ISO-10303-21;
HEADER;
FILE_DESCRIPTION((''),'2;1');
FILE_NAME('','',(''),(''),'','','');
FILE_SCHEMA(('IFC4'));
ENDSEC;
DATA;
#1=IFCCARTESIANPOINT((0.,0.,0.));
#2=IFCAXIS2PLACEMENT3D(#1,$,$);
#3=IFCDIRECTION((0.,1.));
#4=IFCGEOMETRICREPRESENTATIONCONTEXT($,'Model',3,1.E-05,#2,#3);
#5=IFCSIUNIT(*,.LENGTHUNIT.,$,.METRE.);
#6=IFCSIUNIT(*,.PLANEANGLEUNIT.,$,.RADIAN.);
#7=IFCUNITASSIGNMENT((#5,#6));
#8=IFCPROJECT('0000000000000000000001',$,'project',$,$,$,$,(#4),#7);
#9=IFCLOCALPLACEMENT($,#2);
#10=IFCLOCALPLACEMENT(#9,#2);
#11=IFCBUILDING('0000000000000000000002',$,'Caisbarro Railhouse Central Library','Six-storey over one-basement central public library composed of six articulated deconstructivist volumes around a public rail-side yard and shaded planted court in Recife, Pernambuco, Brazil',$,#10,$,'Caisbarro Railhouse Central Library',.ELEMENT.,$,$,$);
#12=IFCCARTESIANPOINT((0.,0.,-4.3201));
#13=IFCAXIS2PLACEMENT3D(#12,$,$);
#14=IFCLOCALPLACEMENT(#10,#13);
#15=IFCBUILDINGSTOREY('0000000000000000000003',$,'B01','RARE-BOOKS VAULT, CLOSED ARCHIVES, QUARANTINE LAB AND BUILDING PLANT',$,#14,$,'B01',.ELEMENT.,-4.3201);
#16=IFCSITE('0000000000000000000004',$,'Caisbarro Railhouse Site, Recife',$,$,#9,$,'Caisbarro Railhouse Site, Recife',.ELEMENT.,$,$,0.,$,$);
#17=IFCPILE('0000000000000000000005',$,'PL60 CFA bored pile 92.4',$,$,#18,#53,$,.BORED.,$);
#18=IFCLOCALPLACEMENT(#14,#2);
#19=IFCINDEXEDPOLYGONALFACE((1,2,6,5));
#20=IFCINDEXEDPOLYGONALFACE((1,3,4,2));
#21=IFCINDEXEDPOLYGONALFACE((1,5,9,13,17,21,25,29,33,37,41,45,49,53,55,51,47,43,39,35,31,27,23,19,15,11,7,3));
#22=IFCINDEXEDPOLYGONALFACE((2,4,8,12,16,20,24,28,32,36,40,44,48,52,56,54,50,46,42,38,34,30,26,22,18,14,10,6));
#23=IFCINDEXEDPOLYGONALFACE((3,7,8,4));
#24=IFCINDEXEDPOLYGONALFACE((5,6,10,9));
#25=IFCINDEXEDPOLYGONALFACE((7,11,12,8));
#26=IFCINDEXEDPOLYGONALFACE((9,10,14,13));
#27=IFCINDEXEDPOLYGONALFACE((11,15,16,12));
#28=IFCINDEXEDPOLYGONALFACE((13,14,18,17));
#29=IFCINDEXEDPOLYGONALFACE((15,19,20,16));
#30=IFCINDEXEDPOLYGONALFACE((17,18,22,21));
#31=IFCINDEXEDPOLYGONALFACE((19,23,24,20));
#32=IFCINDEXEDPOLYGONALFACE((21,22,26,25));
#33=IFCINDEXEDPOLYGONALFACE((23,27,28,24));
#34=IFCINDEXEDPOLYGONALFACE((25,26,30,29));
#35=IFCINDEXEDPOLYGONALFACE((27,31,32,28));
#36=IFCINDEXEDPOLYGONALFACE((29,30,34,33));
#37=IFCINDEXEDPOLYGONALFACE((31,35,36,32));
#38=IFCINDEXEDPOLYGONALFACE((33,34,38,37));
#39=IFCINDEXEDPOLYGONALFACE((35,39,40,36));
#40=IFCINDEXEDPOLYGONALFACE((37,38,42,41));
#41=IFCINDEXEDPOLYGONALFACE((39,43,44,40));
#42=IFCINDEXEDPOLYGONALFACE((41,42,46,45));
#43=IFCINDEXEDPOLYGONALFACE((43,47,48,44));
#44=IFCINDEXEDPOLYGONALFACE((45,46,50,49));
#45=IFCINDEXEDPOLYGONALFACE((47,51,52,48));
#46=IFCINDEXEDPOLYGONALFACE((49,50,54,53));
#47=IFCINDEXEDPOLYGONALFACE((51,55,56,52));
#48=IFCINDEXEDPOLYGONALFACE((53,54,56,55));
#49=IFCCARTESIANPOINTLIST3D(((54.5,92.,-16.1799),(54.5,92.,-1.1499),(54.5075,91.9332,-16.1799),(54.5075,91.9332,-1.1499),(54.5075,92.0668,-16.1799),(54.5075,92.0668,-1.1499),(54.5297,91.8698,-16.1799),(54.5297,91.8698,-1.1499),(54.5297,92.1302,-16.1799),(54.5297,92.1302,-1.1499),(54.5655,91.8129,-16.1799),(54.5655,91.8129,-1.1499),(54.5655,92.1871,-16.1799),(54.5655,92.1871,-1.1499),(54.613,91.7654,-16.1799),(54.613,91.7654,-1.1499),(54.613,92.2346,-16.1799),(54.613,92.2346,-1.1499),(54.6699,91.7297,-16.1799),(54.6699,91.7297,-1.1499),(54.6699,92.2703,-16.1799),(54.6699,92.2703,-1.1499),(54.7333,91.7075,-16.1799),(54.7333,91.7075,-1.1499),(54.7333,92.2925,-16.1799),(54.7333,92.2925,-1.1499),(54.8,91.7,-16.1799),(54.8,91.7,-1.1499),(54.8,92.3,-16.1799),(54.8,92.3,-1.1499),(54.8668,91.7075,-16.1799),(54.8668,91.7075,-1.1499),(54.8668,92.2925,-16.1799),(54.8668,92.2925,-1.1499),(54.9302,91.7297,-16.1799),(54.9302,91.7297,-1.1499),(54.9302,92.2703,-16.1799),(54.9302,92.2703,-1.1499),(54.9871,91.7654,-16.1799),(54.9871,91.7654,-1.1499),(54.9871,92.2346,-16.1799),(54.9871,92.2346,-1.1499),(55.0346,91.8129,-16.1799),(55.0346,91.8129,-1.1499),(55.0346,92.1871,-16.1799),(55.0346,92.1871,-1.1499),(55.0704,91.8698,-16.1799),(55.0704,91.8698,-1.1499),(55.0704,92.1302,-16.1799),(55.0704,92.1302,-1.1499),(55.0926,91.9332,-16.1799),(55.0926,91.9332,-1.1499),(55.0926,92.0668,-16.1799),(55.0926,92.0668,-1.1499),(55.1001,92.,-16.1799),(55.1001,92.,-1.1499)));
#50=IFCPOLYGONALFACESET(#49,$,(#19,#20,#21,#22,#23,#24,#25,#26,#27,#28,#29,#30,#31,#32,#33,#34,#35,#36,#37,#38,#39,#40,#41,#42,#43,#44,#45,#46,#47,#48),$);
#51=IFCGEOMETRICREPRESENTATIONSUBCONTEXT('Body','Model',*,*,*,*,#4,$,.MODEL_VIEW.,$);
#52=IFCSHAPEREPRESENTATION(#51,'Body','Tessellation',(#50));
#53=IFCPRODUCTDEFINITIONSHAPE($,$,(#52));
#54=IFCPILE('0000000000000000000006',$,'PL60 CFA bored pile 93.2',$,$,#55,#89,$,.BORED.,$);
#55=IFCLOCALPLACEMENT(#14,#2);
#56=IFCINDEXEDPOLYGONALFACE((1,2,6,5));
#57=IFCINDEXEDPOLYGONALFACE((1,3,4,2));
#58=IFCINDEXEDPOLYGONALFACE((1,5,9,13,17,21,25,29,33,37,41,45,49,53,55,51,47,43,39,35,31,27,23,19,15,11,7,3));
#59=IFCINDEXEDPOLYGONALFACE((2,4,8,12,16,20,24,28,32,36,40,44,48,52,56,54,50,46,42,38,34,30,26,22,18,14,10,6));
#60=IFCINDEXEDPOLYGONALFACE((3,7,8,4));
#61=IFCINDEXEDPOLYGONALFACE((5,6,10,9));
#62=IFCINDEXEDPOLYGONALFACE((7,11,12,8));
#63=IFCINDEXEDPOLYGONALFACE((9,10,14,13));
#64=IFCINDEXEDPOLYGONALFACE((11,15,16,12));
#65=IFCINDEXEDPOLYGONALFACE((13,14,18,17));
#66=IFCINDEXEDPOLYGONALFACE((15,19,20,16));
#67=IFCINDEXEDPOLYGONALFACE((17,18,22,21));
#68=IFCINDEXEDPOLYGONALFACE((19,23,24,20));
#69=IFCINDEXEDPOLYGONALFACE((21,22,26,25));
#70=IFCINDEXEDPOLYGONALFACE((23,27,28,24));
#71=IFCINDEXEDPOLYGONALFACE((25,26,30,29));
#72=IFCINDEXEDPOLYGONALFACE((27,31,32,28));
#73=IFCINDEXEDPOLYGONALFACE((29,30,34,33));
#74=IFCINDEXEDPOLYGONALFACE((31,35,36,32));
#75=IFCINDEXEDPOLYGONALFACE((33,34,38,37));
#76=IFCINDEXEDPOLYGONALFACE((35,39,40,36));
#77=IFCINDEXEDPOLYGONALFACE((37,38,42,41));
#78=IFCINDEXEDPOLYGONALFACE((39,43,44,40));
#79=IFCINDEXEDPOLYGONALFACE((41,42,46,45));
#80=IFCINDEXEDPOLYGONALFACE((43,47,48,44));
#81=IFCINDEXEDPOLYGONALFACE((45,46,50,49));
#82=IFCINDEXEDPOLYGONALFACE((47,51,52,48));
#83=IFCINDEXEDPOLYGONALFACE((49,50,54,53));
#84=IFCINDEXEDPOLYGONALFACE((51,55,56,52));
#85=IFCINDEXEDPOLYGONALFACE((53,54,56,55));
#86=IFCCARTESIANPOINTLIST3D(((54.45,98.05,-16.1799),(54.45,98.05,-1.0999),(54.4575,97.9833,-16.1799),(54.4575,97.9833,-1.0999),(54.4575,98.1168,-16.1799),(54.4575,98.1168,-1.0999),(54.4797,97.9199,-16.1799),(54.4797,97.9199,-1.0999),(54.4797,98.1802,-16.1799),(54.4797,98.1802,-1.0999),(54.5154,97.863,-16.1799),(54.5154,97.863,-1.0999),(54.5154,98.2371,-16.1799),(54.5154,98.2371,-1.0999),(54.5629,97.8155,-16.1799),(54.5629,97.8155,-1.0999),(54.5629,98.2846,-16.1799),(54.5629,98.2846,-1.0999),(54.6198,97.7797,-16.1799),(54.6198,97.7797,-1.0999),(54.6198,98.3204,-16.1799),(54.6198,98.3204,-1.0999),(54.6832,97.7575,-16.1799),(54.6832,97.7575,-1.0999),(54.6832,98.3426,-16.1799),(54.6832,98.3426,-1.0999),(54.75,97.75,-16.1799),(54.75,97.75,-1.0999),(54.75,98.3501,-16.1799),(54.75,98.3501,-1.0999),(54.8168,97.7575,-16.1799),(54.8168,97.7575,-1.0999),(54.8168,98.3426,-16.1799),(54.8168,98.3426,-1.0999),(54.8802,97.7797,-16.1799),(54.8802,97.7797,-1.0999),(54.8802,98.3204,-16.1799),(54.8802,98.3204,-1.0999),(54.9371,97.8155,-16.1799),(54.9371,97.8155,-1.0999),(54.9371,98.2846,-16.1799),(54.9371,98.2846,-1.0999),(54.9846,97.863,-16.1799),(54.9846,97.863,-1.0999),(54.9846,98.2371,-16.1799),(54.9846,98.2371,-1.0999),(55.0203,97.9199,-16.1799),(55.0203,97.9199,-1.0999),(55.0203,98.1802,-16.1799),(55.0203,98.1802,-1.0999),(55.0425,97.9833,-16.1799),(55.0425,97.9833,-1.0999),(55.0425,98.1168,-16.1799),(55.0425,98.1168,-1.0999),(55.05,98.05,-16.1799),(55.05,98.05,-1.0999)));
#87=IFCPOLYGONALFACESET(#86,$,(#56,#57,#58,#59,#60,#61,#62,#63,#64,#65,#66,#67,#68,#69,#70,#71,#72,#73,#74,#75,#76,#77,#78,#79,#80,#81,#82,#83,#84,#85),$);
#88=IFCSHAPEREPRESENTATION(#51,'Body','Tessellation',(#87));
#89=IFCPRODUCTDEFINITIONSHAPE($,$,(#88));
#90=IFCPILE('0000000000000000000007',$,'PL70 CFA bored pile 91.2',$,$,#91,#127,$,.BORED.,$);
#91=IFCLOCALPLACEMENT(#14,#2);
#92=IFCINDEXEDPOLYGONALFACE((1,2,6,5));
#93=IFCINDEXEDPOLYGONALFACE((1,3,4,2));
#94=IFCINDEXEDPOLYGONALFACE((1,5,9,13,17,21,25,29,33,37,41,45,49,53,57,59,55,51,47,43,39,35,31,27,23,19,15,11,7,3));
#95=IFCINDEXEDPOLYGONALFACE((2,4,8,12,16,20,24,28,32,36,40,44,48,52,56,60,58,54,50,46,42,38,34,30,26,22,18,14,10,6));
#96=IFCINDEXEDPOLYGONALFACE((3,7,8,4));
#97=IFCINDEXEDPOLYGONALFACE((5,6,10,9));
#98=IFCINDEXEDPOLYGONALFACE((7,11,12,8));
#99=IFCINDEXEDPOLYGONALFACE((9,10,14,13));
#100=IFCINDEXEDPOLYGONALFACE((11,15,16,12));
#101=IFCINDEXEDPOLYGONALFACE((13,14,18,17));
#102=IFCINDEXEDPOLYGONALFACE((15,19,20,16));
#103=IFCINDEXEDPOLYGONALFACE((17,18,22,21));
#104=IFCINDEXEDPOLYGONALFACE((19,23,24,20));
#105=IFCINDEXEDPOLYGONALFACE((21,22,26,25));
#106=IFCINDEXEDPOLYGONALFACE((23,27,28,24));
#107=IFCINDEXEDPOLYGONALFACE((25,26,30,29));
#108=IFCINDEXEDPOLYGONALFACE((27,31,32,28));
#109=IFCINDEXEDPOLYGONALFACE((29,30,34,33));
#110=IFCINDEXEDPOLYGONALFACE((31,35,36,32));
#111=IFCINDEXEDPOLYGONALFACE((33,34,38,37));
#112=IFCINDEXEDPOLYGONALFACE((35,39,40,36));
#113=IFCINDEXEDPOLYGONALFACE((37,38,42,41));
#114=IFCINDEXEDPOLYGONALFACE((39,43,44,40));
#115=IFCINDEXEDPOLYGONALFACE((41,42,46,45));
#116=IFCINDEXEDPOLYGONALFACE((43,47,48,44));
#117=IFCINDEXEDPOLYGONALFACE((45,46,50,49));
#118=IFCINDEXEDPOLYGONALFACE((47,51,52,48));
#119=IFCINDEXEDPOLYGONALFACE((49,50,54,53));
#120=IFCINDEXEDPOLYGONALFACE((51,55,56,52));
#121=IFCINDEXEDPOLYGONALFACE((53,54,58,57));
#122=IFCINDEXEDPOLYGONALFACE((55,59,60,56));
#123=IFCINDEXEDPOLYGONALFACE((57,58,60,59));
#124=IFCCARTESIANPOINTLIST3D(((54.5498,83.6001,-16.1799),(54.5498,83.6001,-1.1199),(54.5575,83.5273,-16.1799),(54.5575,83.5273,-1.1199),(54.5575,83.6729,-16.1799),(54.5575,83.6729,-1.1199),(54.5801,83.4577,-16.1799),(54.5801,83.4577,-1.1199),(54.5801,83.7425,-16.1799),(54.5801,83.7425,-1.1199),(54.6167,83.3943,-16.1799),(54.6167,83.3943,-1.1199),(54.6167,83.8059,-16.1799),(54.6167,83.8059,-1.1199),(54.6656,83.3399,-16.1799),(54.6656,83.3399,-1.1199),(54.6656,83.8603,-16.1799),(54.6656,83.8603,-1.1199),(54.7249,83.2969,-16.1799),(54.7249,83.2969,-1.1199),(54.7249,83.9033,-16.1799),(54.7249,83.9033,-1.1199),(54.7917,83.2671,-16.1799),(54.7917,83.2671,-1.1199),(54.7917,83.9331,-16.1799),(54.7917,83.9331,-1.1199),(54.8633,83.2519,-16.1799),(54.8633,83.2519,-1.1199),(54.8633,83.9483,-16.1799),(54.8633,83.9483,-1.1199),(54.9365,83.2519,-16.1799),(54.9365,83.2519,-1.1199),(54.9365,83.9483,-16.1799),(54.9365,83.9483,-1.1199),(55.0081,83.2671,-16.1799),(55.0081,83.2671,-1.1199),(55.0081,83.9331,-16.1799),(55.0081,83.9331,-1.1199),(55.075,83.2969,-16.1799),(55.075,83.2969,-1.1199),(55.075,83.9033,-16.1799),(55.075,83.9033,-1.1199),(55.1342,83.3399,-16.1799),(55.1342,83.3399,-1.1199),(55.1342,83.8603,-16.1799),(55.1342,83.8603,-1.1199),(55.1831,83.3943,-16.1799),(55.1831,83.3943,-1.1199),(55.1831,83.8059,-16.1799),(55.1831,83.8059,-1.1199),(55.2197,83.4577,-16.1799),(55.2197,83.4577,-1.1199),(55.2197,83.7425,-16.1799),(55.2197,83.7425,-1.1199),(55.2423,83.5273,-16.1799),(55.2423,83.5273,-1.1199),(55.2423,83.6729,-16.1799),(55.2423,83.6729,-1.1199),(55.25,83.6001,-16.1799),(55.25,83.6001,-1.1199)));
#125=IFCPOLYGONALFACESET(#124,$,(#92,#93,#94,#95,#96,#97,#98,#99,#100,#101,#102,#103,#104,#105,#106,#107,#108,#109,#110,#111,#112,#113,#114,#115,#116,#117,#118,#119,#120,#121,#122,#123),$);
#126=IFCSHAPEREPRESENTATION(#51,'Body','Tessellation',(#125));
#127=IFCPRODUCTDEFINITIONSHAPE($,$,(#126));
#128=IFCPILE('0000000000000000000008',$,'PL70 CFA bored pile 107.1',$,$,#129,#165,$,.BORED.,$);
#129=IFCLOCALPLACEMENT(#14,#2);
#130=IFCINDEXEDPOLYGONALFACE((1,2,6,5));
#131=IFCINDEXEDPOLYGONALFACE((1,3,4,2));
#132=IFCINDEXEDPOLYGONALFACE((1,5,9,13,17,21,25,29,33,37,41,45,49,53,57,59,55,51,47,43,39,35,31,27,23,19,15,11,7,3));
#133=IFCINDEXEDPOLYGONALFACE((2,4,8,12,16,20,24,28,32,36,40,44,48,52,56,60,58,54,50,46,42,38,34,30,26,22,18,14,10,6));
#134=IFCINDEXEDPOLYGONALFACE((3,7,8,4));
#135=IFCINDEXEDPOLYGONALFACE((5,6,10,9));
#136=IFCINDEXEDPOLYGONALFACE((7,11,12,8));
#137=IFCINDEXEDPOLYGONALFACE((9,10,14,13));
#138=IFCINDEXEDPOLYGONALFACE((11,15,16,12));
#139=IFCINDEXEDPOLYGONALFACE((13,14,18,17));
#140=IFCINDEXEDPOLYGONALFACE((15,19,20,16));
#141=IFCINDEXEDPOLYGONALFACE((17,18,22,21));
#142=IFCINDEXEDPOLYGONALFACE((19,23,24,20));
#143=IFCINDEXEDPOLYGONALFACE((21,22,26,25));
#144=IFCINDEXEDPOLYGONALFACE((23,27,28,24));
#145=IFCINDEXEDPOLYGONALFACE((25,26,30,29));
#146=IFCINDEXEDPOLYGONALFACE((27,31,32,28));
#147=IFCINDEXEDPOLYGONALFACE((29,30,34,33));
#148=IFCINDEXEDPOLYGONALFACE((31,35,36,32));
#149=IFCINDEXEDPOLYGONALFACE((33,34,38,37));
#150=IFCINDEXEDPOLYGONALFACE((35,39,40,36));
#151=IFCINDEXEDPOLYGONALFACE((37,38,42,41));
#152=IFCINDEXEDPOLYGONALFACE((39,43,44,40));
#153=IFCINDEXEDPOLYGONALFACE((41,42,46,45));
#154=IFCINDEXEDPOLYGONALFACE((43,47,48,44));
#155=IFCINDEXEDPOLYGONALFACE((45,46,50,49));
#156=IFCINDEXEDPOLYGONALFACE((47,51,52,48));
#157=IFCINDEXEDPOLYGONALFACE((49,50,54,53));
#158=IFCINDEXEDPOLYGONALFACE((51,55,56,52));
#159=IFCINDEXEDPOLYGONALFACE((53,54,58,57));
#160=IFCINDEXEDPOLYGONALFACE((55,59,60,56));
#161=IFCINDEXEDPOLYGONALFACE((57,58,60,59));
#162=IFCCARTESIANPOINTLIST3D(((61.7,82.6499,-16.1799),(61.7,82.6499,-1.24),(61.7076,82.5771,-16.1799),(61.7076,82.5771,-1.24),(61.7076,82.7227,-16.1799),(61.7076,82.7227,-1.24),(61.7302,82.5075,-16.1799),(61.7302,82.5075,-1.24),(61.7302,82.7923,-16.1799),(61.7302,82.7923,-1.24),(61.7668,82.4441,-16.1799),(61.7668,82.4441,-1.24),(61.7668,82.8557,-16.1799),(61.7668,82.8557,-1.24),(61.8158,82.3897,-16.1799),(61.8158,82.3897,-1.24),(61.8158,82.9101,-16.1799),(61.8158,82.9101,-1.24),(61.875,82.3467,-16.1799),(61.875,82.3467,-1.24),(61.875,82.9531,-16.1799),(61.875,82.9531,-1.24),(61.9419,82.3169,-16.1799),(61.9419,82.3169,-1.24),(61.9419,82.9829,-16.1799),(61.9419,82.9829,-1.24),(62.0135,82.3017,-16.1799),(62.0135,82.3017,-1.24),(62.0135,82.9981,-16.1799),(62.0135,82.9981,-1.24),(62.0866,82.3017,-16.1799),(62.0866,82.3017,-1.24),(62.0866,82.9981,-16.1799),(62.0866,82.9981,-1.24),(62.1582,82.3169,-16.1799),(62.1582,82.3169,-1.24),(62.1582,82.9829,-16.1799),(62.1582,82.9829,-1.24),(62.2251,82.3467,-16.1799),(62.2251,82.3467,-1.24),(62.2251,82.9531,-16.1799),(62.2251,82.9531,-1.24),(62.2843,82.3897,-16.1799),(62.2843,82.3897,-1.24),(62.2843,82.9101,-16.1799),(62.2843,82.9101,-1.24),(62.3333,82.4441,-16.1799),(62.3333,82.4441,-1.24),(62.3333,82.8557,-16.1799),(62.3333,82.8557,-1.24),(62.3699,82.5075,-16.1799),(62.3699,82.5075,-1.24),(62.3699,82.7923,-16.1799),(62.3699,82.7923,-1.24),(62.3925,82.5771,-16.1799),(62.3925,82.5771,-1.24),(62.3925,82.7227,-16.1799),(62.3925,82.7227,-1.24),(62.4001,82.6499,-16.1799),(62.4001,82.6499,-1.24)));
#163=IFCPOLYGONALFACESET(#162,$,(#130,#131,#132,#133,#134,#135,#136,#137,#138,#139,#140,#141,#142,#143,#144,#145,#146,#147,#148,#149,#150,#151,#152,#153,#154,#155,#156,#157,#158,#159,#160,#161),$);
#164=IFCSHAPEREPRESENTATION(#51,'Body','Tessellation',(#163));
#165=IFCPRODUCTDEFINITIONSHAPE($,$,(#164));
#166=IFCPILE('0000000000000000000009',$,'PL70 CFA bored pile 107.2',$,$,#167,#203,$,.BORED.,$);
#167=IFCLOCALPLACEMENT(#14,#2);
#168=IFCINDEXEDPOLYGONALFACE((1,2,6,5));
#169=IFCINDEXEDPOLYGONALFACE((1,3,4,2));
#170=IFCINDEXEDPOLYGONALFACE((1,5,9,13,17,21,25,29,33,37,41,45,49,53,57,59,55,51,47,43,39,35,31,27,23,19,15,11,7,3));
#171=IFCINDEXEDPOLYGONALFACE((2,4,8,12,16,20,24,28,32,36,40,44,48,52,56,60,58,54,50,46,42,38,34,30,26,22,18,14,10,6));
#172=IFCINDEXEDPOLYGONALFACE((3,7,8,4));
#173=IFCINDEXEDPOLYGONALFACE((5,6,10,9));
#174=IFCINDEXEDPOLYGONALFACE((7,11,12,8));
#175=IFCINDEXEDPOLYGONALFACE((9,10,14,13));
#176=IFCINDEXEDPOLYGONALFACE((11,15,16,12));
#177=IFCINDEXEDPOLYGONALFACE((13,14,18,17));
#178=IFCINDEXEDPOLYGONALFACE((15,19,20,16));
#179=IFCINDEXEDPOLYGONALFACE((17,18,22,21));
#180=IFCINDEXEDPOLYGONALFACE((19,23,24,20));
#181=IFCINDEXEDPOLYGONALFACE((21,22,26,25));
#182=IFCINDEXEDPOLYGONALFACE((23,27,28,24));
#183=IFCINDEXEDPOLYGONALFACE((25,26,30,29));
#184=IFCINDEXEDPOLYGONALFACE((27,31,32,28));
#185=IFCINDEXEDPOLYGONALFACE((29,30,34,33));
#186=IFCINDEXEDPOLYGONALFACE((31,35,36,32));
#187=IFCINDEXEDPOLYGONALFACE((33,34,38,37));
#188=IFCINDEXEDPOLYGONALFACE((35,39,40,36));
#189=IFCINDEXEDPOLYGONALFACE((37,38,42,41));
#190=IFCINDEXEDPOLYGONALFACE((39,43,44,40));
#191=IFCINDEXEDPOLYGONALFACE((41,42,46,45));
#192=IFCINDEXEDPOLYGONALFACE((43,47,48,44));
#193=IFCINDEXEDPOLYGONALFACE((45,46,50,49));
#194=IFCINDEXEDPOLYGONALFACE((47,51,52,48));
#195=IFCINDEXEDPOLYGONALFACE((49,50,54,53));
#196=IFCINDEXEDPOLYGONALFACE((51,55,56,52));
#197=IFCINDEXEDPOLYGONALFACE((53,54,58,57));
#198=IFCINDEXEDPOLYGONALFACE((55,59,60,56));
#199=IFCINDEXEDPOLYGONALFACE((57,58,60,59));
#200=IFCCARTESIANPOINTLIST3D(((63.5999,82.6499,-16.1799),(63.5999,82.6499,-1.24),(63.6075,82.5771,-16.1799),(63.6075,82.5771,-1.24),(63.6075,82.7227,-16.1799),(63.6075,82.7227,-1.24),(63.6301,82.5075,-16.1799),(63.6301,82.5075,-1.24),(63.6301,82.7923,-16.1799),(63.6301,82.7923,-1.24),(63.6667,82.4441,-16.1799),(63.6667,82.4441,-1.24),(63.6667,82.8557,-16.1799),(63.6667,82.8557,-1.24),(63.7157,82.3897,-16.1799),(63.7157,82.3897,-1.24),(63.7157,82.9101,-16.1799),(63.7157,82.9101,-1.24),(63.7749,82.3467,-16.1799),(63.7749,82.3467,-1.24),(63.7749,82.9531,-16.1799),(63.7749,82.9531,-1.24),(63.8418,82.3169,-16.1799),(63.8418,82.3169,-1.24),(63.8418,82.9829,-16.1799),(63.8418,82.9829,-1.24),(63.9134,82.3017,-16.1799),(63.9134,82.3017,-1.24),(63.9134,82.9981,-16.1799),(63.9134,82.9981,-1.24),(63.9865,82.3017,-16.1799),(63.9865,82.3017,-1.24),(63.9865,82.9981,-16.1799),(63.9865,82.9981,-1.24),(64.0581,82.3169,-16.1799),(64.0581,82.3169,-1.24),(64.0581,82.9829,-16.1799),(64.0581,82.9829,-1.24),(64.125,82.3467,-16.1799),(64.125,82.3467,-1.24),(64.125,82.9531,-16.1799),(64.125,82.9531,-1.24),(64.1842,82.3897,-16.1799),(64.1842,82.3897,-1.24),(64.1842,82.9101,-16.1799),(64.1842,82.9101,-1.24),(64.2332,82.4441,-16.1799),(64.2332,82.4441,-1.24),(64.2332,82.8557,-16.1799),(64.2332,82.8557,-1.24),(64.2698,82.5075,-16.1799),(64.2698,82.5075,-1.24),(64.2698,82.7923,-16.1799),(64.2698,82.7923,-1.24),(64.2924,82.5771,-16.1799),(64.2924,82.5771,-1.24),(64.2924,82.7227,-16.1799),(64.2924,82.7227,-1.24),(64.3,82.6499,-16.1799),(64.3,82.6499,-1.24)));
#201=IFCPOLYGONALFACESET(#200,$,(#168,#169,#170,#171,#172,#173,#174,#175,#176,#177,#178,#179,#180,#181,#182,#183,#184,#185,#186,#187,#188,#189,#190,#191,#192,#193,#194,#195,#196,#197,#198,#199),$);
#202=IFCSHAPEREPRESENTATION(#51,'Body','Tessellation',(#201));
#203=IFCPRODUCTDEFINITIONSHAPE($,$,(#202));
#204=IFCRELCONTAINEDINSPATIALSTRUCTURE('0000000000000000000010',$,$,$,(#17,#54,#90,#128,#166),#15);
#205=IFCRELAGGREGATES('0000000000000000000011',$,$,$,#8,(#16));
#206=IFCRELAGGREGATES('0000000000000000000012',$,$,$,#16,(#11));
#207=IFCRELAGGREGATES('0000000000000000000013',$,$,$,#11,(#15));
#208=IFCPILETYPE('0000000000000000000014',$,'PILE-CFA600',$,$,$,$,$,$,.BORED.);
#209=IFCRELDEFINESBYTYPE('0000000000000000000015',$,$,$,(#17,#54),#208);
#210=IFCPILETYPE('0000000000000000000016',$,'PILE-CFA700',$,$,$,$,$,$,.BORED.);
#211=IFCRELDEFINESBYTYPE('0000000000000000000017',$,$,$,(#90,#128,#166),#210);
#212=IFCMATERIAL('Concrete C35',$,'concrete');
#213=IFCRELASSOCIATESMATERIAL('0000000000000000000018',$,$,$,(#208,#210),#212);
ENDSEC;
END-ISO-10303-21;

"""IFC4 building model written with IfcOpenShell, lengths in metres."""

from ifc_helpers import new_model, si_unit, direction, frame, origin, origin_2d, place, context, subcontext, project, spatial, circle, extrude, material, material_profile, profile_set, type_object, element, save


model = new_model("IFC4")

# Units and contexts
model_context = context("Model", 3, precision=1e-05, world=origin(), true_north=direction((0.0, 1.0)))
body_context = subcontext(model_context, "Body", "Model", "MODEL_VIEW")
ifc_project = project(units=[si_unit("LENGTHUNIT", "METRE"), si_unit("PLANEANGLEUNIT", "RADIAN")], contexts=[model_context])

# Site, building, storey
site_placement = place(None, origin())
site = spatial("IfcSite", under=ifc_project, at=site_placement, Name="Caisbarro Railhouse Site, Recife", LongName="Caisbarro Railhouse Site, Recife", CompositionType="ELEMENT", RefElevation=0.0)
building_placement = place(site_placement, origin())
building = spatial("IfcBuilding", under=site, at=building_placement, Name="Caisbarro Railhouse Central Library", Description="Six-storey over one-basement central public library composed of six articulated deconstructivist volumes around a public rail-side yard and shaded planted court in Recife, Pernambuco, Brazil", LongName="Caisbarro Railhouse Central Library", CompositionType="ELEMENT")
storey_placement = place(building_placement, frame((0.0, 0.0, -4.3201)))
storey = spatial("IfcBuildingStorey", under=building, at=storey_placement, Name="B01", Description="RARE-BOOKS VAULT, CLOSED ARCHIVES, QUARANTINE LAB AND BUILDING PLANT", LongName="B01", CompositionType="ELEMENT", Elevation=-4.3201)

# Shared definitions
ifc_material_1 = material(Name="Concrete C35", Category="concrete")

# Piles
ifc_material_profile_1 = material_profile(ifc_material_1, circle(Radius=0.3, at=origin_2d()), Name="PILE-CFA-600")
ifc_profile_set_1 = profile_set([ifc_material_profile_1], Name="Concrete C35")
pile_type_1 = type_object("IfcPileType", Name="PILE-CFA600", PredefinedType="BORED", material=ifc_profile_set_1)
for number, where, z_axis, x_axis, name in (
    (1, (54.8, 92.0, -1.1499), (0.0, 0.0, -1.0), (1.0, 0.0, 0.0), "PL60 CFA bored pile 92.4"),
):
    element("IfcPile", number, at=place(storey_placement, frame(where, z_axis=z_axis, x_axis=x_axis)), inside=storey, type_object=pile_type_1, Name=name, PredefinedType="BORED", context=body_context, shape_type="SweptSolid", body=[
        extrude(circle(Radius=0.3, at=origin_2d()), origin(), (0.0, 0.0, 1.0), 15.03),
    ])
pile_1_placement = place(storey_placement, frame((54.75, 98.05, -1.0999), z_axis=(0.0, 0.0, -1.0), x_axis=(1.0, 0.0, 0.0)))
element("IfcPile", 2, at=pile_1_placement, inside=storey, type_object=pile_type_1, Name="PL60 CFA bored pile 93.2", PredefinedType="BORED", context=body_context, shape_type="SweptSolid", body=[
    extrude(circle(Radius=0.3, at=origin_2d()), origin(), (0.0, 0.0, 1.0), 15.0801),
])
ifc_material_profile_2 = material_profile(ifc_material_1, circle(Radius=0.3501, at=origin_2d()), Name="PILE-CFA-700")
ifc_profile_set_2 = profile_set([ifc_material_profile_2], Name="Concrete C35")
pile_type_2 = type_object("IfcPileType", Name="PILE-CFA700", PredefinedType="BORED", material=ifc_profile_set_2)
pile_2_placement = place(storey_placement, frame((54.8999, 83.6001, -1.1199), z_axis=(0.0, 0.0, -1.0), x_axis=(1.0, 0.0, 0.0)))
element("IfcPile", 3, at=pile_2_placement, inside=storey, type_object=pile_type_2, Name="PL70 CFA bored pile 91.2", PredefinedType="BORED", context=body_context, shape_type="SweptSolid", body=[
    extrude(circle(Radius=0.3501, at=origin_2d()), origin(), (0.0, 0.0, 1.0), 15.0601),
])
for number, where, z_axis, x_axis, name in (
    (4, (62.05, 82.6499, -1.24), (0.0, 0.0, -1.0), (1.0, 0.0, 0.0), "PL70 CFA bored pile 107.1"),
    (5, (63.95, 82.6499, -1.24), (0.0, 0.0, -1.0), (1.0, 0.0, 0.0), "PL70 CFA bored pile 107.2"),
):
    element("IfcPile", number, at=place(storey_placement, frame(where, z_axis=z_axis, x_axis=x_axis)), inside=storey, type_object=pile_type_2, Name=name, PredefinedType="BORED", context=body_context, shape_type="SweptSolid", body=[
        extrude(circle(Radius=0.3501, at=origin_2d()), origin(), (0.0, 0.0, 1.0), 14.9399),
    ])

save(model, "model.ifc")
